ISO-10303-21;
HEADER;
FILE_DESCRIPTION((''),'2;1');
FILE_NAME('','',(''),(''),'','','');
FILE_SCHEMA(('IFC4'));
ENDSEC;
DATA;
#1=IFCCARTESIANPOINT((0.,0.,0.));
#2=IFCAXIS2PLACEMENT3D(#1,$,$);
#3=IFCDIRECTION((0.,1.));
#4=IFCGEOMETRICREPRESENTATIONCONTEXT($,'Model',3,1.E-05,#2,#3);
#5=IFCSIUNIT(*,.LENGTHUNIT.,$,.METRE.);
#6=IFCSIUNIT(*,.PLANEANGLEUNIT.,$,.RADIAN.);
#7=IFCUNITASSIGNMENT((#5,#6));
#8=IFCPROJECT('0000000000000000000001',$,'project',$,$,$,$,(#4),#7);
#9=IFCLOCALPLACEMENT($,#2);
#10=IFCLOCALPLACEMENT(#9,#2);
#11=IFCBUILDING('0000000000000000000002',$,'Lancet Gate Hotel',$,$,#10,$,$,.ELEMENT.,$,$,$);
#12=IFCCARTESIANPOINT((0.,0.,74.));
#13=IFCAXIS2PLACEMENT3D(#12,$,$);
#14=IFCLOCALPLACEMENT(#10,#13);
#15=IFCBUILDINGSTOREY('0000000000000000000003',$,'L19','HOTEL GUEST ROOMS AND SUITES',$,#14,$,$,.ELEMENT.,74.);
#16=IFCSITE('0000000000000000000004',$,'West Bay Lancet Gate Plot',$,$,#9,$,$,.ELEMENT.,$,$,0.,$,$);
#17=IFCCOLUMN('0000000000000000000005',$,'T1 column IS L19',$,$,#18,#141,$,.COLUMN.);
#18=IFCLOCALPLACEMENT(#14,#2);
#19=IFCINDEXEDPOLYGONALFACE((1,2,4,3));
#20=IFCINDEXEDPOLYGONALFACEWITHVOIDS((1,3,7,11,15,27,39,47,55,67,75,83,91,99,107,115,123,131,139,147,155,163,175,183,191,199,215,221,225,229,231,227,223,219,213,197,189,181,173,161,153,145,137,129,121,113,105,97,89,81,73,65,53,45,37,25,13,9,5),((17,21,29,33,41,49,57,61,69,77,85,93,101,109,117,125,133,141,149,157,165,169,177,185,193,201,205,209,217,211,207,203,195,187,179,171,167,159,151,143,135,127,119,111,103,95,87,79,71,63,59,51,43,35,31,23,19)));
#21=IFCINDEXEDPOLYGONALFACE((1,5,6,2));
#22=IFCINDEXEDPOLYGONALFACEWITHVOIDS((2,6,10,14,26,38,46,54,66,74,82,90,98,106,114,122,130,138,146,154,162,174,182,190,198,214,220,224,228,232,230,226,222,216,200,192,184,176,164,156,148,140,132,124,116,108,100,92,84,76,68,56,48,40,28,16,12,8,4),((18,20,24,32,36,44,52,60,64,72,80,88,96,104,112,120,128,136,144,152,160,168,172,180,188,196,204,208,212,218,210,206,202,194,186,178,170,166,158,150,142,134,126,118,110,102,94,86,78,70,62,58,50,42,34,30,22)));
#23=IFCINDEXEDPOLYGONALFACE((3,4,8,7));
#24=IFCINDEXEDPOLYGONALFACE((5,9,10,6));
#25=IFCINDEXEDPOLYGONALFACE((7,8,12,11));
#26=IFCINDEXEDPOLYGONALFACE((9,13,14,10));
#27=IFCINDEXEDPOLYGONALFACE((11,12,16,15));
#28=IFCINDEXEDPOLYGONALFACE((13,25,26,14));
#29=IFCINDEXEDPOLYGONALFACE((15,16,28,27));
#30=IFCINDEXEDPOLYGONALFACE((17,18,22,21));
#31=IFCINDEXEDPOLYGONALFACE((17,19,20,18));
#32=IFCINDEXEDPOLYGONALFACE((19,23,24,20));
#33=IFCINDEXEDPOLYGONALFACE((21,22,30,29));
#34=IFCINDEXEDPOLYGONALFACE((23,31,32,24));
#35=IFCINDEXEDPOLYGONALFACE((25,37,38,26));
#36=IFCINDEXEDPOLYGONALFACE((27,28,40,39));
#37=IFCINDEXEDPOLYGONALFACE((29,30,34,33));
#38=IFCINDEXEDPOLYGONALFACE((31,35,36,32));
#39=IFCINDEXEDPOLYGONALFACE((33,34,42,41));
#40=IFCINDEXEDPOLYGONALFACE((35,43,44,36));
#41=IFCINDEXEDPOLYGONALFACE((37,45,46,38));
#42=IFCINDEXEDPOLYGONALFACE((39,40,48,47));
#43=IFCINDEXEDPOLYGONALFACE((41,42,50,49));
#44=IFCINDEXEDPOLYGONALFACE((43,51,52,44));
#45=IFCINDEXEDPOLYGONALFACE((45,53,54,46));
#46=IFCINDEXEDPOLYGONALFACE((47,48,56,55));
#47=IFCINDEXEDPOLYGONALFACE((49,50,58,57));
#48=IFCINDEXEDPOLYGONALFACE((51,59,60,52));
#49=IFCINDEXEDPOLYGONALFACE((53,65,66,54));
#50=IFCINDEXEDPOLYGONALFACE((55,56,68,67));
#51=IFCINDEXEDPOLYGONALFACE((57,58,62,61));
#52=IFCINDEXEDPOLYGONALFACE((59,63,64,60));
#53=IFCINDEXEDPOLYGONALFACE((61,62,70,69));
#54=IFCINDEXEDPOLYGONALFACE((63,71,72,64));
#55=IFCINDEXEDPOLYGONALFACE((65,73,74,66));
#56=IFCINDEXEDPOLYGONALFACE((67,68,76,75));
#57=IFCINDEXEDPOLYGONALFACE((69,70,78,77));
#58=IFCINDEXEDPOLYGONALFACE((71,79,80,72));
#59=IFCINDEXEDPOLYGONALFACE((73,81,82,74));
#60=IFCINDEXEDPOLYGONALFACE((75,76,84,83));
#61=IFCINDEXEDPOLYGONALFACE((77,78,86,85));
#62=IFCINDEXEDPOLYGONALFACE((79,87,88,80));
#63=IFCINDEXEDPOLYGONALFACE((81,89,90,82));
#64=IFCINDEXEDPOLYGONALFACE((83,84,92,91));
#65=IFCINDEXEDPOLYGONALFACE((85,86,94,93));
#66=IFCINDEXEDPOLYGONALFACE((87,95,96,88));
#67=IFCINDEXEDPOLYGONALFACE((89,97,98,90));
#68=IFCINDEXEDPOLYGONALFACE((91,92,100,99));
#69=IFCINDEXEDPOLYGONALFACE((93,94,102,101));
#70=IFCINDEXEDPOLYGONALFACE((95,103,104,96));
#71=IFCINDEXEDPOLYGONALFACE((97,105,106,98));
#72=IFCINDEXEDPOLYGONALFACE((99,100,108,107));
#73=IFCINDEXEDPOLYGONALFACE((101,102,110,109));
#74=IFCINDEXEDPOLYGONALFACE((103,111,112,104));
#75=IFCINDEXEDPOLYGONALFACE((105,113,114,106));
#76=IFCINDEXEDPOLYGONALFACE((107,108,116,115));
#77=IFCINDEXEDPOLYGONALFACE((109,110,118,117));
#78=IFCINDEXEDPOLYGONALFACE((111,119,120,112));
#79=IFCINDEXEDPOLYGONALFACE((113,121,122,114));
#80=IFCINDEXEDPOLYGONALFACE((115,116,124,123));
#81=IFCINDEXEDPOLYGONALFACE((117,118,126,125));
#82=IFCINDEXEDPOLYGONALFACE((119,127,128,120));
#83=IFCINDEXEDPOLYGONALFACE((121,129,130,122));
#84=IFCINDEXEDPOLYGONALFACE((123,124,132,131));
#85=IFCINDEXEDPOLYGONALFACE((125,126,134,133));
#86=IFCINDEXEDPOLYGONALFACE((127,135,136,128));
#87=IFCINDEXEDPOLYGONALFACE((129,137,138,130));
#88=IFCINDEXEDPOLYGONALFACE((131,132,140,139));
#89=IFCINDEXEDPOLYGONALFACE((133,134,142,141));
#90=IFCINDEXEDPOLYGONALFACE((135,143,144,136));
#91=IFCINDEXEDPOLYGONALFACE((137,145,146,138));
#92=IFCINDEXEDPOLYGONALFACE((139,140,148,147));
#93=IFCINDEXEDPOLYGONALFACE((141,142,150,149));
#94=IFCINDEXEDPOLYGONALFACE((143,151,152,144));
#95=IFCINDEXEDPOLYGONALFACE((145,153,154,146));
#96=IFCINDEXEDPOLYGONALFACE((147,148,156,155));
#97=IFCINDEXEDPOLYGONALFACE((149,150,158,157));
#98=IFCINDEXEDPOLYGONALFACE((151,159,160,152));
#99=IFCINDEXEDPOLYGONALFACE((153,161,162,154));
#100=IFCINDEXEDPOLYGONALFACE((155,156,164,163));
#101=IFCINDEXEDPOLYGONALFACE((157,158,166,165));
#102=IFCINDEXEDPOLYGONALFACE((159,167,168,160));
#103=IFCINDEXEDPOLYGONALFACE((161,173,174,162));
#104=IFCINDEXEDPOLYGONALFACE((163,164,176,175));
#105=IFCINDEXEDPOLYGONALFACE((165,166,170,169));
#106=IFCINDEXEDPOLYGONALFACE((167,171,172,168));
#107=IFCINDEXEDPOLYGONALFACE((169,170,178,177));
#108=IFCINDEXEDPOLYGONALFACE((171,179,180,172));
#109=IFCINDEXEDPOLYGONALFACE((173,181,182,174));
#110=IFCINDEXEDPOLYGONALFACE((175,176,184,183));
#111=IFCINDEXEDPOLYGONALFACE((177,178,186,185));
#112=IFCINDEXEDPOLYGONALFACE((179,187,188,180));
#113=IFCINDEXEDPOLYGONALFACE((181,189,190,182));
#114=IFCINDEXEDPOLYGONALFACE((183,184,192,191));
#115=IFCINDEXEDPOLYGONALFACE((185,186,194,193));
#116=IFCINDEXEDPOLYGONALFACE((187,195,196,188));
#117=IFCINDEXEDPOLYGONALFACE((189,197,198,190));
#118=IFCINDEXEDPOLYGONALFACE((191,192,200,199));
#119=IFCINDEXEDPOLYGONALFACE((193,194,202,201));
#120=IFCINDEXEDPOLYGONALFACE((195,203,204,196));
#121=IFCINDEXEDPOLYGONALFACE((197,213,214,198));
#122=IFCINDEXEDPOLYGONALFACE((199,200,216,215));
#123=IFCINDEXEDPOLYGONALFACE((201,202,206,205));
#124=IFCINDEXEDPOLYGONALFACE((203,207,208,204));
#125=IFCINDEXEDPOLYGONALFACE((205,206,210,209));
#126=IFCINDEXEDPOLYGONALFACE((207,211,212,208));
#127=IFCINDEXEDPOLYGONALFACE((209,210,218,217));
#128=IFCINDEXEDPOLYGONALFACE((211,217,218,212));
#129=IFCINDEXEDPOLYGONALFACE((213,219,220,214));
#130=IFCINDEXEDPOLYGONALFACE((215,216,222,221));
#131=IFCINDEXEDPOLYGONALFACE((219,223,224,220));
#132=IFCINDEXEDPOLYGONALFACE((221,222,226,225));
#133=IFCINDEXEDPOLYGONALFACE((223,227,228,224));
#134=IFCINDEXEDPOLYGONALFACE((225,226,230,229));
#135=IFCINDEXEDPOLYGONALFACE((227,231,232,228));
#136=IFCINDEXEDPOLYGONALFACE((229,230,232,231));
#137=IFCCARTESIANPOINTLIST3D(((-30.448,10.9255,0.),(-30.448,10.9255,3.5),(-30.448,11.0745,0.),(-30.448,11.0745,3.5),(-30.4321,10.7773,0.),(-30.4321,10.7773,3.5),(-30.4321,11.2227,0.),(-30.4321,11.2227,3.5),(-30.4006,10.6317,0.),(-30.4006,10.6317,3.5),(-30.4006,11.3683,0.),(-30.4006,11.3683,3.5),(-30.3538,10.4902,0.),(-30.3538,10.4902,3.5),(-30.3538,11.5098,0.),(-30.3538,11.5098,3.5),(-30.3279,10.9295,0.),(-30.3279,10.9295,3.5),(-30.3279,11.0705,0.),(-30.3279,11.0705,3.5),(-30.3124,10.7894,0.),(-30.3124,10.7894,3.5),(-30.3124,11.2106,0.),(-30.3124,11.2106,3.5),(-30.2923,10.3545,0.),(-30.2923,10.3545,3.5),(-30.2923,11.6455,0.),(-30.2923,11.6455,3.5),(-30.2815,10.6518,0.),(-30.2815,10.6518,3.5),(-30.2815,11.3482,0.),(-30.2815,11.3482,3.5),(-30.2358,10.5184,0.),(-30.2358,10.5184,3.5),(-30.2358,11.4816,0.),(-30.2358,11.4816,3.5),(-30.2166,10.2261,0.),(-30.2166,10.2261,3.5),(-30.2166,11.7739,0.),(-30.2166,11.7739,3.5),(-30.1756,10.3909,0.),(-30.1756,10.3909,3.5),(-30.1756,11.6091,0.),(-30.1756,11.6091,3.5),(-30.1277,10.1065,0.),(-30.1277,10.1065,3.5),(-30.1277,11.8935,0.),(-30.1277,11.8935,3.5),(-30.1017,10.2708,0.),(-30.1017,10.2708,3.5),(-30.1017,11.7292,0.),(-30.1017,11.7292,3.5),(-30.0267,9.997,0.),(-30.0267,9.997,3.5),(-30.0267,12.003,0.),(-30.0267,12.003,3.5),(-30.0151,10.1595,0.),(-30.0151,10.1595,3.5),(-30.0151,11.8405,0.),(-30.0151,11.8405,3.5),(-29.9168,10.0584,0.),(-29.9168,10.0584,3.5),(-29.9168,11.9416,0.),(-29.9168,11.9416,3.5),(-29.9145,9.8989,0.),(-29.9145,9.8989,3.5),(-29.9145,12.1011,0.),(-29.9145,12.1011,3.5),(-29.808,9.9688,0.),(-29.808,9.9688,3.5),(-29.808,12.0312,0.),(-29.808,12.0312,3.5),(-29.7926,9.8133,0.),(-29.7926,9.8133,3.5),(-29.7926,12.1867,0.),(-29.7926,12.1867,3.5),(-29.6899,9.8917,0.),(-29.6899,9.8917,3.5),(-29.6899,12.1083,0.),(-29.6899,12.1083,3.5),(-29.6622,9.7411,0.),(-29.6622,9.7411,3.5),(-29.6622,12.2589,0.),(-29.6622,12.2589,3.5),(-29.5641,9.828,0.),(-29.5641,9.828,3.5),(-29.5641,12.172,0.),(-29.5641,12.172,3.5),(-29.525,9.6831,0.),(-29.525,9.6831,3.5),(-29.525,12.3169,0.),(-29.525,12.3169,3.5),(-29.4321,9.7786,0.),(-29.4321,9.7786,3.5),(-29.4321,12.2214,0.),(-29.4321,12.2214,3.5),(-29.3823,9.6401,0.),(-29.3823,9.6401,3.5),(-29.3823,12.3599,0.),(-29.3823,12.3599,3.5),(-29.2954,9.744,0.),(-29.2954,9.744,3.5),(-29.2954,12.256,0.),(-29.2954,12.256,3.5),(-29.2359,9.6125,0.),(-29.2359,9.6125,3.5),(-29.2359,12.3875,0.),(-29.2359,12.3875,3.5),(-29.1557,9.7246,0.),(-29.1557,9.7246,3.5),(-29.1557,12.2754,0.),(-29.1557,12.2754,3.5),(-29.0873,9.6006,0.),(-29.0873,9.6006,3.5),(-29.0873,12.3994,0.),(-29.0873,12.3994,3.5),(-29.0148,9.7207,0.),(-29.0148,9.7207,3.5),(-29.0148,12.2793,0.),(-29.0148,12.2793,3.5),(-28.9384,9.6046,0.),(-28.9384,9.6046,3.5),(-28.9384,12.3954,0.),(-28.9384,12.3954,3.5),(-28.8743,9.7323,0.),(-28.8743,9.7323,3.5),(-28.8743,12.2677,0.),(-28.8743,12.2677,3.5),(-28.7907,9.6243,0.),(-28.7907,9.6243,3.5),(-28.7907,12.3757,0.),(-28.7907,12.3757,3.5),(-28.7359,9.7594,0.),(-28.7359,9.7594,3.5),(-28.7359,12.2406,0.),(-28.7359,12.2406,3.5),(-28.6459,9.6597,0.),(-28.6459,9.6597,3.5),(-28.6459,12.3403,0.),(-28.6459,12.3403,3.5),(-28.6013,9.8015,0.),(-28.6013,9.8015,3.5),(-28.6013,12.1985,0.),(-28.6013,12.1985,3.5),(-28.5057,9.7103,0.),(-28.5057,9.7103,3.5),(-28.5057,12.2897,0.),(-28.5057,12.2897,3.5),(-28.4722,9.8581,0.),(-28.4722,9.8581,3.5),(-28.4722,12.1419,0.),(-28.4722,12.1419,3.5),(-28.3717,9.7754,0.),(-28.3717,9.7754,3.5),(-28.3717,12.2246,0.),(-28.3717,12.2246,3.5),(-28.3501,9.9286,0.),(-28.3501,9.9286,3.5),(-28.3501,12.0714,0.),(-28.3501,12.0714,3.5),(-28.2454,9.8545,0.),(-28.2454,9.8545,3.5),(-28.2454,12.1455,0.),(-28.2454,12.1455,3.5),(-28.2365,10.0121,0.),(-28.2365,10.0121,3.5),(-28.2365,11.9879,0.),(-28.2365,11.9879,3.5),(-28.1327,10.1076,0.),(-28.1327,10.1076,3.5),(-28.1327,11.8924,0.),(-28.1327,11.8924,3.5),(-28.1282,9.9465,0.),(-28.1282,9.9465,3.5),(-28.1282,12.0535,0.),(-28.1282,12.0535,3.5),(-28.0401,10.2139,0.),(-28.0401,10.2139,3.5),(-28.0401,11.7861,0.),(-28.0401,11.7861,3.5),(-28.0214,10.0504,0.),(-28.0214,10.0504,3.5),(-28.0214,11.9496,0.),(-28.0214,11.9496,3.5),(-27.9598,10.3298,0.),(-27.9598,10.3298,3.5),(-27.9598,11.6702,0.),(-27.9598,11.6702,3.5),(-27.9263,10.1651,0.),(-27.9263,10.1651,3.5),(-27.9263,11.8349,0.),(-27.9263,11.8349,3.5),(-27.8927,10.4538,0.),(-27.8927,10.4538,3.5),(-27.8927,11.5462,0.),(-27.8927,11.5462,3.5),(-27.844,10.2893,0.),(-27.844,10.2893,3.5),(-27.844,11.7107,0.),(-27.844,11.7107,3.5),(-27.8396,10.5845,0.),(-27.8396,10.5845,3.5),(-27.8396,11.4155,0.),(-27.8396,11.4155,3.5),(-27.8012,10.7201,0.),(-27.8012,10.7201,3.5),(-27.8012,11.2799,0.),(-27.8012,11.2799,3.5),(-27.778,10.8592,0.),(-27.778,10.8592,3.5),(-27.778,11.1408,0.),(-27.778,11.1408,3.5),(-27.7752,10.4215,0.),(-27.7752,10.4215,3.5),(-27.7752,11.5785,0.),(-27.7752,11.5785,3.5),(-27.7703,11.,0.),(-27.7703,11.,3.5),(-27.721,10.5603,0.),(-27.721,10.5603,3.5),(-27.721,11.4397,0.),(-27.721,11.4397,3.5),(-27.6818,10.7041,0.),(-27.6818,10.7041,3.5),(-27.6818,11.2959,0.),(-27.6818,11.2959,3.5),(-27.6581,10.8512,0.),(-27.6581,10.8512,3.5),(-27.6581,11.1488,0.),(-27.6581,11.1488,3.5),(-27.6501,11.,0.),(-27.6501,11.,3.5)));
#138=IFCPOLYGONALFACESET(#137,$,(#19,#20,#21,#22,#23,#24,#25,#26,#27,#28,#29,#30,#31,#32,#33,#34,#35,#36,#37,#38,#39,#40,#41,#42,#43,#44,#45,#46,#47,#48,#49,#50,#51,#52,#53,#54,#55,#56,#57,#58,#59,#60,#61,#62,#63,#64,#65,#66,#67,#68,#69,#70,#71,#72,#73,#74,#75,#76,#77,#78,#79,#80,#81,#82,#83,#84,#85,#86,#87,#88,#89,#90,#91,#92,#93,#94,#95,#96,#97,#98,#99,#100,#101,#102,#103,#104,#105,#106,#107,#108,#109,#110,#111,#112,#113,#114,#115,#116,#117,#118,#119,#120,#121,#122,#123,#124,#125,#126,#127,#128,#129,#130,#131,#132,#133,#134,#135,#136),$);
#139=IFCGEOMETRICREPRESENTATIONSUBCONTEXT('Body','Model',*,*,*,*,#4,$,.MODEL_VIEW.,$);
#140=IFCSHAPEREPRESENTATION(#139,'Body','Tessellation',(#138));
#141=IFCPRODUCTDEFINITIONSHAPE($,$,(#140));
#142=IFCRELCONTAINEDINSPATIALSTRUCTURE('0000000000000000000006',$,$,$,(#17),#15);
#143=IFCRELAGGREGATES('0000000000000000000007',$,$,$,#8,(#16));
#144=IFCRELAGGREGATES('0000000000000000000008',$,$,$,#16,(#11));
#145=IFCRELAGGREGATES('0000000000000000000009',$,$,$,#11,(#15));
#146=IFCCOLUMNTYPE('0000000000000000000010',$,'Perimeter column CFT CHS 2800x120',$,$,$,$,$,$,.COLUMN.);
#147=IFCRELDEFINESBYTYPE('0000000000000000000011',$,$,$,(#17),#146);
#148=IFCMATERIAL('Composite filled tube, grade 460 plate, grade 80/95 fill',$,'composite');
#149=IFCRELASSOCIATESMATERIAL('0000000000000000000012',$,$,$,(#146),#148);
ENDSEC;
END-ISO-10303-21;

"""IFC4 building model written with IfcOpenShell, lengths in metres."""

from ifc_helpers import new_model, si_unit, direction, frame, origin, origin_2d, place, context, subcontext, project, spatial, hollow_circle, extrude, material, material_profile, profile_set, type_object, element, save


model = new_model("IFC4")

# Units and contexts
model_context = context("Model", 3, precision=1e-05, world=origin(), true_north=direction((0.0, 1.0)))
body_context = subcontext(model_context, "Body", "Model", "MODEL_VIEW")
ifc_project = project(units=[si_unit("LENGTHUNIT", "METRE"), si_unit("PLANEANGLEUNIT", "RADIAN")], contexts=[model_context])

# Site, building, storey
site_placement = place(None, origin())
site = spatial("IfcSite", under=ifc_project, at=site_placement, Name="West Bay Lancet Gate Plot", CompositionType="ELEMENT", RefElevation=0.0)
building_placement = place(site_placement, origin())
building = spatial("IfcBuilding", under=site, at=building_placement, Name="Lancet Gate Hotel", CompositionType="ELEMENT")
storey_placement = place(building_placement, frame((0.0, 0.0, 74.0)))
storey = spatial("IfcBuildingStorey", under=building, at=storey_placement, Name="L19", Description="HOTEL GUEST ROOMS AND SUITES", CompositionType="ELEMENT", Elevation=74.0)

# Column
ifc_material_1 = material(Name="Composite filled tube, grade 460 plate, grade 80/95 fill", Category="composite")
ifc_material_profile_1 = material_profile(ifc_material_1, hollow_circle(Radius=1.3999, WallThickness=0.1201, at=origin_2d()), Name="CHS 2800x120")
ifc_profile_set_1 = profile_set([ifc_material_profile_1], Name="Composite filled tube, grade 460 plate, grade 80/95 fill")
column_type = type_object("IfcColumnType", Name="Perimeter column CFT CHS 2800x120", PredefinedType="COLUMN", material=ifc_profile_set_1)
for number, where, z_axis, x_axis, name in (
    (1, (-29.05, 11.0, 0.0), (0.0, 0.0, 1.0), (1.0, 0.0, 0.0), "T1 column IS L19"),
):
    element("IfcColumn", number, at=place(storey_placement, frame(where, z_axis=z_axis, x_axis=x_axis)), inside=storey, type_object=column_type, Name=name, PredefinedType="COLUMN", context=body_context, shape_type="SweptSolid", body=[
        extrude(hollow_circle(Radius=1.3999, WallThickness=0.1201, at=origin_2d()), origin(), (0.0, 0.0, 1.0), 3.5),
    ])

save(model, "model.ifc")
